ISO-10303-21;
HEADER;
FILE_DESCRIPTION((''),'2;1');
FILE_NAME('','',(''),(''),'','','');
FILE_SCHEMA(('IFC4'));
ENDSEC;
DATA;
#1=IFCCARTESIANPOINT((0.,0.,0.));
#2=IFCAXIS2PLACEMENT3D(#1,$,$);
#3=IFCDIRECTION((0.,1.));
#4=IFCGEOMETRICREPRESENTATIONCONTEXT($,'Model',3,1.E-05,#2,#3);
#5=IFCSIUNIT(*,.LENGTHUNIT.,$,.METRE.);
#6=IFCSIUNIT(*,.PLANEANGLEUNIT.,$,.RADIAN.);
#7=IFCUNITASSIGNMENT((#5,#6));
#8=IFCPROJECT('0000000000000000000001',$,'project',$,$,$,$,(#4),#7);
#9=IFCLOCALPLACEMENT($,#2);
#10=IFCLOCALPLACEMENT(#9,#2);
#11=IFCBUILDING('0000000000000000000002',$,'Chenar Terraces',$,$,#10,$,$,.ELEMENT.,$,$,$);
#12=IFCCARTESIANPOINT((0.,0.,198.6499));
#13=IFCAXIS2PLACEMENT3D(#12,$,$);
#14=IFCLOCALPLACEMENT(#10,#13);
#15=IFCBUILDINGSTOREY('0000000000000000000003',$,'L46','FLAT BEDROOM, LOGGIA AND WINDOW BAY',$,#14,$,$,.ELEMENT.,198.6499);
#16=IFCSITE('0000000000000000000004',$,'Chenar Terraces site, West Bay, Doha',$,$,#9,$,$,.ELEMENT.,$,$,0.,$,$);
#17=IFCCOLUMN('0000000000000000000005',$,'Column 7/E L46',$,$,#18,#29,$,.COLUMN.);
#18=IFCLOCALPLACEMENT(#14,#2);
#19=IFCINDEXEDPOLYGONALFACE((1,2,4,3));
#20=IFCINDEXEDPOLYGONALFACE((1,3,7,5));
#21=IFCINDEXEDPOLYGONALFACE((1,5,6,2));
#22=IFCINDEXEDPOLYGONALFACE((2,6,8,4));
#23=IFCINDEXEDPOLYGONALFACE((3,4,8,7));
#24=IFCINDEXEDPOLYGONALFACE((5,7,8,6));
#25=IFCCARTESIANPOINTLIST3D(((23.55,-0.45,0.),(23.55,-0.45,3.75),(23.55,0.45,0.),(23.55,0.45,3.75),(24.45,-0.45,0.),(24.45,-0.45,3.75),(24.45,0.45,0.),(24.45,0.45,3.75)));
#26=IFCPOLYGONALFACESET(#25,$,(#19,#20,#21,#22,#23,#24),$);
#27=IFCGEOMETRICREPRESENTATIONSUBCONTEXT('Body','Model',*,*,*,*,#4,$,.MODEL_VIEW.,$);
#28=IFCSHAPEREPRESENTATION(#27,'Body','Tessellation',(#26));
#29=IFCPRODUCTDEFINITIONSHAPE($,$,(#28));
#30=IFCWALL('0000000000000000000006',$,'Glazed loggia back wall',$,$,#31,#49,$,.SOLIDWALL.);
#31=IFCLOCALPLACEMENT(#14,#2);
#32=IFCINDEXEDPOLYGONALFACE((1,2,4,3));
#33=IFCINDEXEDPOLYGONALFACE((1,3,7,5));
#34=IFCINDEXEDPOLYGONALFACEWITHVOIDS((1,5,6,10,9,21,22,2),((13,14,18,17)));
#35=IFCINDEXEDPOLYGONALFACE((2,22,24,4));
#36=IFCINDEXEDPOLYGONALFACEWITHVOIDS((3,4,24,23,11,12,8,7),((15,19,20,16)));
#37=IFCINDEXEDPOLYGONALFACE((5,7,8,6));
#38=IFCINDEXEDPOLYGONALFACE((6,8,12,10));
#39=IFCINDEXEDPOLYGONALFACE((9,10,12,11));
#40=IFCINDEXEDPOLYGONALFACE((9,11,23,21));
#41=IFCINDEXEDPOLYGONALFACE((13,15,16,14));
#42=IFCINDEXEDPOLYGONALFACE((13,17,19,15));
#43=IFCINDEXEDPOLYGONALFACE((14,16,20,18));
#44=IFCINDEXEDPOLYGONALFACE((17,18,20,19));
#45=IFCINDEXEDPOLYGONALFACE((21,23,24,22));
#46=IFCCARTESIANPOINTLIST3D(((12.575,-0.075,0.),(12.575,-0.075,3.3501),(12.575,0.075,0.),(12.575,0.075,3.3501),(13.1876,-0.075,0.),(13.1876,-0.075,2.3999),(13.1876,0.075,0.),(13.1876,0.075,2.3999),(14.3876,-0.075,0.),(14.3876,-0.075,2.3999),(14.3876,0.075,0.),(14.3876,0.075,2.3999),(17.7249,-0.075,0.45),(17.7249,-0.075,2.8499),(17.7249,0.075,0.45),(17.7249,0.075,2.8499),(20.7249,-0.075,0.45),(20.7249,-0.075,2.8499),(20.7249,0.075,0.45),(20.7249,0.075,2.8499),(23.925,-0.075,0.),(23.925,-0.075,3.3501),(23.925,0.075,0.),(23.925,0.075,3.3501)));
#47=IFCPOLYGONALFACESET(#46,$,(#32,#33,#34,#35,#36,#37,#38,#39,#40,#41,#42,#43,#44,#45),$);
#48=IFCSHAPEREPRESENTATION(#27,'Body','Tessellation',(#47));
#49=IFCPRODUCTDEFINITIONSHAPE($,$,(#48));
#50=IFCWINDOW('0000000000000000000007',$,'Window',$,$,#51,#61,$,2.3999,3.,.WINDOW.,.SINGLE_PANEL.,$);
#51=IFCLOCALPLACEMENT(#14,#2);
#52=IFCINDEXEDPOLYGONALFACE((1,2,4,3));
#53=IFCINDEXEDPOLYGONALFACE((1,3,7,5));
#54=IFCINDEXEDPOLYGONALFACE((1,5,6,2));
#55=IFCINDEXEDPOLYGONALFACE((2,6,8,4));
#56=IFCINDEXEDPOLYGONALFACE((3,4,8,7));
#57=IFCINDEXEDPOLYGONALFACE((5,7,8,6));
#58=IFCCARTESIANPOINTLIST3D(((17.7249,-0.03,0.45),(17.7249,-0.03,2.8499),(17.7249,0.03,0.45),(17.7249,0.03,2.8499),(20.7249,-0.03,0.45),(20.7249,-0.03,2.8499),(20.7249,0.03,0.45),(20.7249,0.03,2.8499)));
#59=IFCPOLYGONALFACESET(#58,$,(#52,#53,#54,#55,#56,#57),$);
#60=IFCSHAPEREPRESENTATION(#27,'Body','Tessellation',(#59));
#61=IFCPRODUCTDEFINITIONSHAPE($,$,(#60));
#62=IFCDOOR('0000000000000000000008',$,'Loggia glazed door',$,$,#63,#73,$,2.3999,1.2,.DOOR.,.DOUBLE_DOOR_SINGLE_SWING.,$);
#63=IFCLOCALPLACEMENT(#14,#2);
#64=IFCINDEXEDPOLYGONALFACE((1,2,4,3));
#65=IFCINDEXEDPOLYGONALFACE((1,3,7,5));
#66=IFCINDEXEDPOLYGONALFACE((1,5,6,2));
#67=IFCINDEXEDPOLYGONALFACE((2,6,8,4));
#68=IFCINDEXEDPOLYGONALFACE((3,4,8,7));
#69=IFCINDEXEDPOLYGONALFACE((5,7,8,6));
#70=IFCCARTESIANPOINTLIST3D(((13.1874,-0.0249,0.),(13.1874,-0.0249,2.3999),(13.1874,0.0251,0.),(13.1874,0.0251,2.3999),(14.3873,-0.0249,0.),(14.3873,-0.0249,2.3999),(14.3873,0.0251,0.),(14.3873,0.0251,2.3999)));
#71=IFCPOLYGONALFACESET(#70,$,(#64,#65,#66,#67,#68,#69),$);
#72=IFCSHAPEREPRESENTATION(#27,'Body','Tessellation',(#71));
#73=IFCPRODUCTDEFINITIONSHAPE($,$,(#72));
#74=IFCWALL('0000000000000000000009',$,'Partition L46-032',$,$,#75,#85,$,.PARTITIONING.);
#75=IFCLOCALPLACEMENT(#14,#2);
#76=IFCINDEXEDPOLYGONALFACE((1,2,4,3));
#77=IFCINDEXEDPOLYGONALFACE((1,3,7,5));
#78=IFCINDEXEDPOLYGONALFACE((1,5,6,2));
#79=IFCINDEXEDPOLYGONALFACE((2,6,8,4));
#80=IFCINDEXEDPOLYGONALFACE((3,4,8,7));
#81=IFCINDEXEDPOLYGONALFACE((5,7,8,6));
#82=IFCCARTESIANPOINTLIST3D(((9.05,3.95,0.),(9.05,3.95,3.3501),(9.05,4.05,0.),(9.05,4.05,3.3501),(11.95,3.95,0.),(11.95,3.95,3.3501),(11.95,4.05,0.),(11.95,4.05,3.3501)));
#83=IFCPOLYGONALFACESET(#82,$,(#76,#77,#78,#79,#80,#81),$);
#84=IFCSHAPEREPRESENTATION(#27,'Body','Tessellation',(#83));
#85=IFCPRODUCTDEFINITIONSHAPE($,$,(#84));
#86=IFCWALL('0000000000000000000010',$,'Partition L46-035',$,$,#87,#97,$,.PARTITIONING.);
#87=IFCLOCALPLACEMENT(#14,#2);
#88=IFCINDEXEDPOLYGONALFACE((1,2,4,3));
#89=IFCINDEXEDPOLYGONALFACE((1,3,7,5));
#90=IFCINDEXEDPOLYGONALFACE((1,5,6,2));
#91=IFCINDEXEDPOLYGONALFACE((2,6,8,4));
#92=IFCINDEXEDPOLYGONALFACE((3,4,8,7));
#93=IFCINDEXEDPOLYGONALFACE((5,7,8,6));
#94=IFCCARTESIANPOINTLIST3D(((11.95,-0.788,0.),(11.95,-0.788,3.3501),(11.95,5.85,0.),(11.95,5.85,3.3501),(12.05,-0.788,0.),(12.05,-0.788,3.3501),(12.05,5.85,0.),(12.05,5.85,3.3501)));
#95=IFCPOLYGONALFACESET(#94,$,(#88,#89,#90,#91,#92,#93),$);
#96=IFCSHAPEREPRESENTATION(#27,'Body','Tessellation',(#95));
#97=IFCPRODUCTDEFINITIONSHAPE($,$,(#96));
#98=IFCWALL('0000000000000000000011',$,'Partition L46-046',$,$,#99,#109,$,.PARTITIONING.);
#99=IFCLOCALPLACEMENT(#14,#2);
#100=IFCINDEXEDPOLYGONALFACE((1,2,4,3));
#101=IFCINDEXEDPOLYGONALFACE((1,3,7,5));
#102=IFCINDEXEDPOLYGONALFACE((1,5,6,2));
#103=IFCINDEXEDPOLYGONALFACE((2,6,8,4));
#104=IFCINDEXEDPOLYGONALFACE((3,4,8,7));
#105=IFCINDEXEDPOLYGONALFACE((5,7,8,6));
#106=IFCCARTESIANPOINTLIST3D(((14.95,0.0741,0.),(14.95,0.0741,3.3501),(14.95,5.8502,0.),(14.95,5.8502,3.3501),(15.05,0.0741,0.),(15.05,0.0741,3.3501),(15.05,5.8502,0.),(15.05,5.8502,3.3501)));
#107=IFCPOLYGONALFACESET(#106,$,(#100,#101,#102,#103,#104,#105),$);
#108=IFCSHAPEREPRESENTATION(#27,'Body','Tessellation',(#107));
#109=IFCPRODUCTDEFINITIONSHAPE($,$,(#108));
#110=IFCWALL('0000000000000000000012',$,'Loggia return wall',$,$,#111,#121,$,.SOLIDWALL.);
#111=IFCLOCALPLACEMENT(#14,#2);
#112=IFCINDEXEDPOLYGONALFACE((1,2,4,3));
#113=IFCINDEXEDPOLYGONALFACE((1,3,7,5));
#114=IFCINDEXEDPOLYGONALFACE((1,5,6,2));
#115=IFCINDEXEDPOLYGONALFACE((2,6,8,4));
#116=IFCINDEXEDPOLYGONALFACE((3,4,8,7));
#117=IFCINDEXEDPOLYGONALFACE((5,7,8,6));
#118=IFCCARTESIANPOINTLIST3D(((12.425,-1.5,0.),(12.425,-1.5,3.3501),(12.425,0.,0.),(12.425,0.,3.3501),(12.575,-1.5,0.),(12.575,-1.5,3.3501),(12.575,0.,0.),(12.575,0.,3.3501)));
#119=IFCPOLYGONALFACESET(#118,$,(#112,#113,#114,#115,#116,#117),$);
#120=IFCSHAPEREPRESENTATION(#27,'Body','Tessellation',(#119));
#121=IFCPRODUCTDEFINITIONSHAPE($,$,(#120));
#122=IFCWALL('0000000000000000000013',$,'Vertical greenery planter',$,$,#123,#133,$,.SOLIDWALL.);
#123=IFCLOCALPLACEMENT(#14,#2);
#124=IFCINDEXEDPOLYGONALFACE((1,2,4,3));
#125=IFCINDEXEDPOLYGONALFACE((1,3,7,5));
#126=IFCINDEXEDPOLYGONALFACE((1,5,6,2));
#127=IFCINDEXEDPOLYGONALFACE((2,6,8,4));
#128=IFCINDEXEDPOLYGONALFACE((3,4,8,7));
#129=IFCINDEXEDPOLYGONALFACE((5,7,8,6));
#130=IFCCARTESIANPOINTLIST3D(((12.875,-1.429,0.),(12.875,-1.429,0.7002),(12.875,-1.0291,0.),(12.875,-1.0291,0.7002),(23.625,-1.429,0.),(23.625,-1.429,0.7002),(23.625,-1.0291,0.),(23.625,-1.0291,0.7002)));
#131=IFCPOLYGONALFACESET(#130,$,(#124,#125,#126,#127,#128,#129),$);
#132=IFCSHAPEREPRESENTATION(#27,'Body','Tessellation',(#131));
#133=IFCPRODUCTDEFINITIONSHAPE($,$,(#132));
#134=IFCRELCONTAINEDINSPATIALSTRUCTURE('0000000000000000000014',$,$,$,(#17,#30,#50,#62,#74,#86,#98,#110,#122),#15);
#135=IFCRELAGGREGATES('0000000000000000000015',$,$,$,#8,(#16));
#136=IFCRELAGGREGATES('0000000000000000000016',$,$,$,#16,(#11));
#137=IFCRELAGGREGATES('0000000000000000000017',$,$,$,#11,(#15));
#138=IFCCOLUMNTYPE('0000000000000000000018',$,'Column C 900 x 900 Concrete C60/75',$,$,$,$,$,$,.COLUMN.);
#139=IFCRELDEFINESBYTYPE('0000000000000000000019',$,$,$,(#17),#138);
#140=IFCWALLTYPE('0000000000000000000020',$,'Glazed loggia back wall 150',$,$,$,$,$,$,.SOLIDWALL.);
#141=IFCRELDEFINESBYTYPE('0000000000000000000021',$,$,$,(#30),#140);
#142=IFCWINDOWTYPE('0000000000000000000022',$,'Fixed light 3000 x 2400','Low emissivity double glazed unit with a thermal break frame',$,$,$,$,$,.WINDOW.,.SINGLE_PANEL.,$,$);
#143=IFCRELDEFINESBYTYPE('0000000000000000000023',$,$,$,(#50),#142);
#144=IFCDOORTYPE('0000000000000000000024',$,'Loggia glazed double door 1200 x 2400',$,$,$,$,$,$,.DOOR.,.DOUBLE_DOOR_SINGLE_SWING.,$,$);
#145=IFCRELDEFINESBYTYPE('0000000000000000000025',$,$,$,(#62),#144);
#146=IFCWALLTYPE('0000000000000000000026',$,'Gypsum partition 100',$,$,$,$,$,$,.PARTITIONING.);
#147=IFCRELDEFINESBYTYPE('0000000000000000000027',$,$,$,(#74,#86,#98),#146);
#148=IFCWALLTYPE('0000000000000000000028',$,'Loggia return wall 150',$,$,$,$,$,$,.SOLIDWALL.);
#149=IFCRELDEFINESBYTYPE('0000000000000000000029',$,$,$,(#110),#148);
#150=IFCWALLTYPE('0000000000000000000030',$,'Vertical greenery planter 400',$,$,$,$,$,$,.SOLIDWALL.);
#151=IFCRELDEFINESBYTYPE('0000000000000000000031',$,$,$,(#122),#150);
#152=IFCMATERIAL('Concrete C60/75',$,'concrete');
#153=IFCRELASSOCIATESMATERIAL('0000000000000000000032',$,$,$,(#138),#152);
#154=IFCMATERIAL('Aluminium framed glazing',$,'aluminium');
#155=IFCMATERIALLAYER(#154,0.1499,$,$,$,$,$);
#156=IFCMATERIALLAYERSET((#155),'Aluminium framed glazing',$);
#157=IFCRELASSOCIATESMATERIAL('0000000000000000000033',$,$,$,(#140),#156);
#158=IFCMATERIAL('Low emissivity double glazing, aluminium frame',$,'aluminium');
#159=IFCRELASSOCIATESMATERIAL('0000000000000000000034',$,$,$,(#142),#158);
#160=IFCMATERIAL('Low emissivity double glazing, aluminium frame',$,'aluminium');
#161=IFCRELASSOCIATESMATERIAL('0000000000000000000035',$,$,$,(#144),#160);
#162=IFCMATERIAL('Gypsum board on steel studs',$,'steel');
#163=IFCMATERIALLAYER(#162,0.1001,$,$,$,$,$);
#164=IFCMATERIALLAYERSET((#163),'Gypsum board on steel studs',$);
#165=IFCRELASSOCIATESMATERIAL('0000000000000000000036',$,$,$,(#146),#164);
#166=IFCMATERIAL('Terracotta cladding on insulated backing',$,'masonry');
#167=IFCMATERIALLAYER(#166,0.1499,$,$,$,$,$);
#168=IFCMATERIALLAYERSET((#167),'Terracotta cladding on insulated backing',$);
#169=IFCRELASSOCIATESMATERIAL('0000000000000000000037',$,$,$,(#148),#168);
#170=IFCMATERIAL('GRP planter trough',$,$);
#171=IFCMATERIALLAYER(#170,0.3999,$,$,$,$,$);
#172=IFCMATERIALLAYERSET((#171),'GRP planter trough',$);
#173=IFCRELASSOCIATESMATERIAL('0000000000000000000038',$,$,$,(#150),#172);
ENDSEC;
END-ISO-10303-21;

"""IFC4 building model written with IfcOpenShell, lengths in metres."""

from ifc_helpers import new_model, si_unit, direction, frame, frame_2d, origin, origin_2d, place, context, subcontext, project, spatial, rectangle, extrude, material, layer, layer_set, material_profile, profile_set, type_object, element, fill, save


model = new_model("IFC4")

# Units and contexts
model_context = context("Model", 3, precision=1e-05, world=origin(), true_north=direction((0.0, 1.0)))
body_context = subcontext(model_context, "Body", "Model", "MODEL_VIEW")
ifc_project = project(units=[si_unit("LENGTHUNIT", "METRE"), si_unit("PLANEANGLEUNIT", "RADIAN")], contexts=[model_context])

# Site, building, storey
site_placement = place(None, origin())
site = spatial("IfcSite", under=ifc_project, at=site_placement, Name="Chenar Terraces site, West Bay, Doha", CompositionType="ELEMENT", RefElevation=0.0)
building_placement = place(site_placement, origin())
building = spatial("IfcBuilding", under=site, at=building_placement, Name="Chenar Terraces", CompositionType="ELEMENT")
storey_placement = place(building_placement, frame((0.0, 0.0, 198.6499)))
storey = spatial("IfcBuildingStorey", under=building, at=storey_placement, Name="L46", Description="FLAT BEDROOM, LOGGIA AND WINDOW BAY", CompositionType="ELEMENT", Elevation=198.6499)

# Column
ifc_material_1 = material(Name="Concrete C60/75", Category="concrete")
ifc_material_profile = material_profile(ifc_material_1, rectangle(XDim=0.8999, YDim=0.8999, at=origin_2d()), Name="C 900 x 900")
ifc_profile_set = profile_set([ifc_material_profile], Name="Concrete C60/75")
column_type = type_object("IfcColumnType", Name="Column C 900 x 900 Concrete C60/75", PredefinedType="COLUMN", material=ifc_profile_set)
column_placement = place(storey_placement, frame((24.0, 0.0, 0.0), z_axis=(0.0, 0.0, 1.0), x_axis=(1.0, 0.0, 0.0)))
element("IfcColumn", 1, at=column_placement, inside=storey, type_object=column_type, Name="Column 7/E L46", PredefinedType="COLUMN", context=body_context, shape_type="SweptSolid", body=[
    extrude(rectangle(XDim=0.8999, YDim=0.8999, at=origin_2d()), origin(), (0.0, 0.0, 1.0), 3.75),
])

# Wall, openings, window, door
ifc_material_2 = material(Name="Aluminium framed glazing", Category="aluminium")
ifc_layer_1 = layer(ifc_material_2, 0.1499)
ifc_layer_set_1 = layer_set([ifc_layer_1], Name="Aluminium framed glazing")
wall_type_1 = type_object("IfcWallType", Name="Glazed loggia back wall 150", PredefinedType="SOLIDWALL", material=ifc_layer_set_1)
wall_1_placement = place(storey_placement, frame((12.575, 0.0, 0.0), z_axis=(0.0, 0.0, 1.0), x_axis=(1.0, 0.0, 0.0)))
wall_1 = element("IfcWall", 2, at=wall_1_placement, inside=storey, type_object=wall_type_1, Name="Glazed loggia back wall", PredefinedType="SOLIDWALL", context=body_context, shape_type="SweptSolid", body=[
    extrude(rectangle(XDim=11.3501, YDim=0.1499, at=frame_2d((5.675, 0.0))), origin(), (0.0, 0.0, 1.0), 3.3501),
])
opening_1_placement = place(wall_1_placement, frame((0.6125, 0.0, 0.0)))
opening_1 = element("IfcOpeningElement", 3, at=opening_1_placement, cuts=wall_1, PredefinedType="OPENING", context=body_context, shape_type="SweptSolid", body=[
    extrude(rectangle(XDim=1.2, YDim=2.3999, at=frame_2d((0.6001, 1.2))), frame((0.0, 0.085, 0.0), z_axis=(0.0, -1.0, 0.0), x_axis=(1.0, 0.0, 0.0)), (0.0, 0.0, 1.0), 0.1699),
])
opening_2_placement = place(wall_1_placement, frame((5.1499, 0.0, 0.45)))
opening_2 = element("IfcOpeningElement", 4, at=opening_2_placement, cuts=wall_1, PredefinedType="OPENING", context=body_context, shape_type="SweptSolid", body=[
    extrude(rectangle(XDim=3.0, YDim=2.3999, at=frame_2d((1.5, 1.2))), frame((0.0, 0.085, 0.0), z_axis=(0.0, -1.0, 0.0), x_axis=(1.0, 0.0, 0.0)), (0.0, 0.0, 1.0), 0.1699),
])
ifc_material_3 = material(Name="Low emissivity double glazing, aluminium frame", Category="aluminium")
window_type = type_object("IfcWindowType", Name="Fixed light 3000 x 2400", Description="Low emissivity double glazed unit with a thermal break frame", PartitioningType="SINGLE_PANEL", PredefinedType="WINDOW", material=ifc_material_3)
window_placement = place(opening_2_placement, origin())
window = element("IfcWindow", 5, at=window_placement, inside=storey, type_object=window_type, Name="Window", OverallHeight=2.3999, OverallWidth=3.0, PartitioningType="SINGLE_PANEL", PredefinedType="WINDOW", context=body_context, shape_type="SweptSolid", body=[
    extrude(rectangle(XDim=3.0, YDim=2.3999, at=frame_2d((1.5, 1.2))), frame((0.0, 0.03, 0.0), z_axis=(0.0, -1.0, 0.0), x_axis=(1.0, 0.0, 0.0)), (0.0, 0.0, 1.0), 0.0601),
])
fill(opening_2, window)
ifc_material_4 = material(Name="Low emissivity double glazing, aluminium frame", Category="aluminium")
door_type = type_object("IfcDoorType", Name="Loggia glazed double door 1200 x 2400", OperationType="DOUBLE_DOOR_SINGLE_SWING", PredefinedType="DOOR", material=ifc_material_4)
door_placement = place(opening_1_placement, frame((1.2, 0.0, 0.0), z_axis=(0.0, 0.0, 1.0), x_axis=(-1.0, 0.0, 0.0)))
door = element("IfcDoor", 6, at=door_placement, inside=storey, type_object=door_type, Name="Loggia glazed door", OperationType="DOUBLE_DOOR_SINGLE_SWING", OverallHeight=2.3999, OverallWidth=1.2, PredefinedType="DOOR", context=body_context, shape_type="SweptSolid", body=[
    extrude(rectangle(XDim=1.2, YDim=2.3999, at=frame_2d((0.6001, 1.2))), frame((0.0, 0.0249, 0.0), z_axis=(0.0, -1.0, 0.0), x_axis=(1.0, 0.0, 0.0)), (0.0, 0.0, 1.0), 0.05),
])
fill(opening_1, door)

# Walls
ifc_material_5 = material(Name="Gypsum board on steel studs", Category="steel")
ifc_layer_2 = layer(ifc_material_5, 0.1001)
ifc_layer_set_2 = layer_set([ifc_layer_2], Name="Gypsum board on steel studs")
wall_type_2 = type_object("IfcWallType", Name="Gypsum partition 100", PredefinedType="PARTITIONING", material=ifc_layer_set_2)
wall_2_placement = place(storey_placement, frame((9.05, 4.0, 0.0), z_axis=(0.0, 0.0, 1.0), x_axis=(1.0, 0.0, 0.0)))
element("IfcWall", 7, at=wall_2_placement, inside=storey, type_object=wall_type_2, Name="Partition L46-032", PredefinedType="PARTITIONING", context=body_context, shape_type="SweptSolid", body=[
    extrude(rectangle(XDim=2.8999, YDim=0.1001, at=frame_2d((1.45, 0.0))), origin(), (0.0, 0.0, 1.0), 3.3501),
])
wall_3_placement = place(storey_placement, frame((12.0, -0.7878, 0.0), z_axis=(0.0, 0.0, 1.0), x_axis=(0.0, 1.0, 0.0)))
element("IfcWall", 8, at=wall_3_placement, inside=storey, type_object=wall_type_2, Name="Partition L46-035", PredefinedType="PARTITIONING", context=body_context, shape_type="SweptSolid", body=[
    extrude(rectangle(XDim=6.6379, YDim=0.1001, at=frame_2d((3.3188, 0.0))), origin(), (0.0, 0.0, 1.0), 3.3501),
])
wall_4_placement = place(storey_placement, frame((15.0, 0.074, 0.0), z_axis=(0.0, 0.0, 1.0), x_axis=(0.0, 1.0, 0.0)))
element("IfcWall", 9, at=wall_4_placement, inside=storey, type_object=wall_type_2, Name="Partition L46-046", PredefinedType="PARTITIONING", context=body_context, shape_type="SweptSolid", body=[
    extrude(rectangle(XDim=5.7761, YDim=0.1001, at=frame_2d((2.8882, 0.0))), origin(), (0.0, 0.0, 1.0), 3.3501),
])
ifc_material_6 = material(Name="Terracotta cladding on insulated backing", Category="masonry")
ifc_layer_3 = layer(ifc_material_6, 0.1499)
ifc_layer_set_3 = layer_set([ifc_layer_3], Name="Terracotta cladding on insulated backing")
wall_type_3 = type_object("IfcWallType", Name="Loggia return wall 150", PredefinedType="SOLIDWALL", material=ifc_layer_set_3)
wall_5_placement = place(storey_placement, frame((12.5, -1.5, 0.0), z_axis=(0.0, 0.0, 1.0), x_axis=(0.0, 1.0, 0.0)))
element("IfcWall", 10, at=wall_5_placement, inside=storey, type_object=wall_type_3, Name="Loggia return wall", PredefinedType="SOLIDWALL", context=body_context, shape_type="SweptSolid", body=[
    extrude(rectangle(XDim=1.5, YDim=0.1499, at=frame_2d((0.75, 0.0))), origin(), (0.0, 0.0, 1.0), 3.3501),
])
ifc_material_7 = material(Name="GRP planter trough")
ifc_layer_4 = layer(ifc_material_7, 0.3999)
ifc_layer_set_4 = layer_set([ifc_layer_4], Name="GRP planter trough")
wall_type_4 = type_object("IfcWallType", Name="Vertical greenery planter 400", PredefinedType="SOLIDWALL", material=ifc_layer_set_4)
wall_6_placement = place(storey_placement, frame((12.875, -1.229, 0.0), z_axis=(0.0, 0.0, 1.0), x_axis=(1.0, 0.0, 0.0)))
element("IfcWall", 11, at=wall_6_placement, inside=storey, type_object=wall_type_4, Name="Vertical greenery planter", PredefinedType="SOLIDWALL", context=body_context, shape_type="SweptSolid", body=[
    extrude(rectangle(XDim=10.75, YDim=0.3999, at=frame_2d((5.375, 0.0))), origin(), (0.0, 0.0, 1.0), 0.7002),
])

save(model, "model.ifc")
